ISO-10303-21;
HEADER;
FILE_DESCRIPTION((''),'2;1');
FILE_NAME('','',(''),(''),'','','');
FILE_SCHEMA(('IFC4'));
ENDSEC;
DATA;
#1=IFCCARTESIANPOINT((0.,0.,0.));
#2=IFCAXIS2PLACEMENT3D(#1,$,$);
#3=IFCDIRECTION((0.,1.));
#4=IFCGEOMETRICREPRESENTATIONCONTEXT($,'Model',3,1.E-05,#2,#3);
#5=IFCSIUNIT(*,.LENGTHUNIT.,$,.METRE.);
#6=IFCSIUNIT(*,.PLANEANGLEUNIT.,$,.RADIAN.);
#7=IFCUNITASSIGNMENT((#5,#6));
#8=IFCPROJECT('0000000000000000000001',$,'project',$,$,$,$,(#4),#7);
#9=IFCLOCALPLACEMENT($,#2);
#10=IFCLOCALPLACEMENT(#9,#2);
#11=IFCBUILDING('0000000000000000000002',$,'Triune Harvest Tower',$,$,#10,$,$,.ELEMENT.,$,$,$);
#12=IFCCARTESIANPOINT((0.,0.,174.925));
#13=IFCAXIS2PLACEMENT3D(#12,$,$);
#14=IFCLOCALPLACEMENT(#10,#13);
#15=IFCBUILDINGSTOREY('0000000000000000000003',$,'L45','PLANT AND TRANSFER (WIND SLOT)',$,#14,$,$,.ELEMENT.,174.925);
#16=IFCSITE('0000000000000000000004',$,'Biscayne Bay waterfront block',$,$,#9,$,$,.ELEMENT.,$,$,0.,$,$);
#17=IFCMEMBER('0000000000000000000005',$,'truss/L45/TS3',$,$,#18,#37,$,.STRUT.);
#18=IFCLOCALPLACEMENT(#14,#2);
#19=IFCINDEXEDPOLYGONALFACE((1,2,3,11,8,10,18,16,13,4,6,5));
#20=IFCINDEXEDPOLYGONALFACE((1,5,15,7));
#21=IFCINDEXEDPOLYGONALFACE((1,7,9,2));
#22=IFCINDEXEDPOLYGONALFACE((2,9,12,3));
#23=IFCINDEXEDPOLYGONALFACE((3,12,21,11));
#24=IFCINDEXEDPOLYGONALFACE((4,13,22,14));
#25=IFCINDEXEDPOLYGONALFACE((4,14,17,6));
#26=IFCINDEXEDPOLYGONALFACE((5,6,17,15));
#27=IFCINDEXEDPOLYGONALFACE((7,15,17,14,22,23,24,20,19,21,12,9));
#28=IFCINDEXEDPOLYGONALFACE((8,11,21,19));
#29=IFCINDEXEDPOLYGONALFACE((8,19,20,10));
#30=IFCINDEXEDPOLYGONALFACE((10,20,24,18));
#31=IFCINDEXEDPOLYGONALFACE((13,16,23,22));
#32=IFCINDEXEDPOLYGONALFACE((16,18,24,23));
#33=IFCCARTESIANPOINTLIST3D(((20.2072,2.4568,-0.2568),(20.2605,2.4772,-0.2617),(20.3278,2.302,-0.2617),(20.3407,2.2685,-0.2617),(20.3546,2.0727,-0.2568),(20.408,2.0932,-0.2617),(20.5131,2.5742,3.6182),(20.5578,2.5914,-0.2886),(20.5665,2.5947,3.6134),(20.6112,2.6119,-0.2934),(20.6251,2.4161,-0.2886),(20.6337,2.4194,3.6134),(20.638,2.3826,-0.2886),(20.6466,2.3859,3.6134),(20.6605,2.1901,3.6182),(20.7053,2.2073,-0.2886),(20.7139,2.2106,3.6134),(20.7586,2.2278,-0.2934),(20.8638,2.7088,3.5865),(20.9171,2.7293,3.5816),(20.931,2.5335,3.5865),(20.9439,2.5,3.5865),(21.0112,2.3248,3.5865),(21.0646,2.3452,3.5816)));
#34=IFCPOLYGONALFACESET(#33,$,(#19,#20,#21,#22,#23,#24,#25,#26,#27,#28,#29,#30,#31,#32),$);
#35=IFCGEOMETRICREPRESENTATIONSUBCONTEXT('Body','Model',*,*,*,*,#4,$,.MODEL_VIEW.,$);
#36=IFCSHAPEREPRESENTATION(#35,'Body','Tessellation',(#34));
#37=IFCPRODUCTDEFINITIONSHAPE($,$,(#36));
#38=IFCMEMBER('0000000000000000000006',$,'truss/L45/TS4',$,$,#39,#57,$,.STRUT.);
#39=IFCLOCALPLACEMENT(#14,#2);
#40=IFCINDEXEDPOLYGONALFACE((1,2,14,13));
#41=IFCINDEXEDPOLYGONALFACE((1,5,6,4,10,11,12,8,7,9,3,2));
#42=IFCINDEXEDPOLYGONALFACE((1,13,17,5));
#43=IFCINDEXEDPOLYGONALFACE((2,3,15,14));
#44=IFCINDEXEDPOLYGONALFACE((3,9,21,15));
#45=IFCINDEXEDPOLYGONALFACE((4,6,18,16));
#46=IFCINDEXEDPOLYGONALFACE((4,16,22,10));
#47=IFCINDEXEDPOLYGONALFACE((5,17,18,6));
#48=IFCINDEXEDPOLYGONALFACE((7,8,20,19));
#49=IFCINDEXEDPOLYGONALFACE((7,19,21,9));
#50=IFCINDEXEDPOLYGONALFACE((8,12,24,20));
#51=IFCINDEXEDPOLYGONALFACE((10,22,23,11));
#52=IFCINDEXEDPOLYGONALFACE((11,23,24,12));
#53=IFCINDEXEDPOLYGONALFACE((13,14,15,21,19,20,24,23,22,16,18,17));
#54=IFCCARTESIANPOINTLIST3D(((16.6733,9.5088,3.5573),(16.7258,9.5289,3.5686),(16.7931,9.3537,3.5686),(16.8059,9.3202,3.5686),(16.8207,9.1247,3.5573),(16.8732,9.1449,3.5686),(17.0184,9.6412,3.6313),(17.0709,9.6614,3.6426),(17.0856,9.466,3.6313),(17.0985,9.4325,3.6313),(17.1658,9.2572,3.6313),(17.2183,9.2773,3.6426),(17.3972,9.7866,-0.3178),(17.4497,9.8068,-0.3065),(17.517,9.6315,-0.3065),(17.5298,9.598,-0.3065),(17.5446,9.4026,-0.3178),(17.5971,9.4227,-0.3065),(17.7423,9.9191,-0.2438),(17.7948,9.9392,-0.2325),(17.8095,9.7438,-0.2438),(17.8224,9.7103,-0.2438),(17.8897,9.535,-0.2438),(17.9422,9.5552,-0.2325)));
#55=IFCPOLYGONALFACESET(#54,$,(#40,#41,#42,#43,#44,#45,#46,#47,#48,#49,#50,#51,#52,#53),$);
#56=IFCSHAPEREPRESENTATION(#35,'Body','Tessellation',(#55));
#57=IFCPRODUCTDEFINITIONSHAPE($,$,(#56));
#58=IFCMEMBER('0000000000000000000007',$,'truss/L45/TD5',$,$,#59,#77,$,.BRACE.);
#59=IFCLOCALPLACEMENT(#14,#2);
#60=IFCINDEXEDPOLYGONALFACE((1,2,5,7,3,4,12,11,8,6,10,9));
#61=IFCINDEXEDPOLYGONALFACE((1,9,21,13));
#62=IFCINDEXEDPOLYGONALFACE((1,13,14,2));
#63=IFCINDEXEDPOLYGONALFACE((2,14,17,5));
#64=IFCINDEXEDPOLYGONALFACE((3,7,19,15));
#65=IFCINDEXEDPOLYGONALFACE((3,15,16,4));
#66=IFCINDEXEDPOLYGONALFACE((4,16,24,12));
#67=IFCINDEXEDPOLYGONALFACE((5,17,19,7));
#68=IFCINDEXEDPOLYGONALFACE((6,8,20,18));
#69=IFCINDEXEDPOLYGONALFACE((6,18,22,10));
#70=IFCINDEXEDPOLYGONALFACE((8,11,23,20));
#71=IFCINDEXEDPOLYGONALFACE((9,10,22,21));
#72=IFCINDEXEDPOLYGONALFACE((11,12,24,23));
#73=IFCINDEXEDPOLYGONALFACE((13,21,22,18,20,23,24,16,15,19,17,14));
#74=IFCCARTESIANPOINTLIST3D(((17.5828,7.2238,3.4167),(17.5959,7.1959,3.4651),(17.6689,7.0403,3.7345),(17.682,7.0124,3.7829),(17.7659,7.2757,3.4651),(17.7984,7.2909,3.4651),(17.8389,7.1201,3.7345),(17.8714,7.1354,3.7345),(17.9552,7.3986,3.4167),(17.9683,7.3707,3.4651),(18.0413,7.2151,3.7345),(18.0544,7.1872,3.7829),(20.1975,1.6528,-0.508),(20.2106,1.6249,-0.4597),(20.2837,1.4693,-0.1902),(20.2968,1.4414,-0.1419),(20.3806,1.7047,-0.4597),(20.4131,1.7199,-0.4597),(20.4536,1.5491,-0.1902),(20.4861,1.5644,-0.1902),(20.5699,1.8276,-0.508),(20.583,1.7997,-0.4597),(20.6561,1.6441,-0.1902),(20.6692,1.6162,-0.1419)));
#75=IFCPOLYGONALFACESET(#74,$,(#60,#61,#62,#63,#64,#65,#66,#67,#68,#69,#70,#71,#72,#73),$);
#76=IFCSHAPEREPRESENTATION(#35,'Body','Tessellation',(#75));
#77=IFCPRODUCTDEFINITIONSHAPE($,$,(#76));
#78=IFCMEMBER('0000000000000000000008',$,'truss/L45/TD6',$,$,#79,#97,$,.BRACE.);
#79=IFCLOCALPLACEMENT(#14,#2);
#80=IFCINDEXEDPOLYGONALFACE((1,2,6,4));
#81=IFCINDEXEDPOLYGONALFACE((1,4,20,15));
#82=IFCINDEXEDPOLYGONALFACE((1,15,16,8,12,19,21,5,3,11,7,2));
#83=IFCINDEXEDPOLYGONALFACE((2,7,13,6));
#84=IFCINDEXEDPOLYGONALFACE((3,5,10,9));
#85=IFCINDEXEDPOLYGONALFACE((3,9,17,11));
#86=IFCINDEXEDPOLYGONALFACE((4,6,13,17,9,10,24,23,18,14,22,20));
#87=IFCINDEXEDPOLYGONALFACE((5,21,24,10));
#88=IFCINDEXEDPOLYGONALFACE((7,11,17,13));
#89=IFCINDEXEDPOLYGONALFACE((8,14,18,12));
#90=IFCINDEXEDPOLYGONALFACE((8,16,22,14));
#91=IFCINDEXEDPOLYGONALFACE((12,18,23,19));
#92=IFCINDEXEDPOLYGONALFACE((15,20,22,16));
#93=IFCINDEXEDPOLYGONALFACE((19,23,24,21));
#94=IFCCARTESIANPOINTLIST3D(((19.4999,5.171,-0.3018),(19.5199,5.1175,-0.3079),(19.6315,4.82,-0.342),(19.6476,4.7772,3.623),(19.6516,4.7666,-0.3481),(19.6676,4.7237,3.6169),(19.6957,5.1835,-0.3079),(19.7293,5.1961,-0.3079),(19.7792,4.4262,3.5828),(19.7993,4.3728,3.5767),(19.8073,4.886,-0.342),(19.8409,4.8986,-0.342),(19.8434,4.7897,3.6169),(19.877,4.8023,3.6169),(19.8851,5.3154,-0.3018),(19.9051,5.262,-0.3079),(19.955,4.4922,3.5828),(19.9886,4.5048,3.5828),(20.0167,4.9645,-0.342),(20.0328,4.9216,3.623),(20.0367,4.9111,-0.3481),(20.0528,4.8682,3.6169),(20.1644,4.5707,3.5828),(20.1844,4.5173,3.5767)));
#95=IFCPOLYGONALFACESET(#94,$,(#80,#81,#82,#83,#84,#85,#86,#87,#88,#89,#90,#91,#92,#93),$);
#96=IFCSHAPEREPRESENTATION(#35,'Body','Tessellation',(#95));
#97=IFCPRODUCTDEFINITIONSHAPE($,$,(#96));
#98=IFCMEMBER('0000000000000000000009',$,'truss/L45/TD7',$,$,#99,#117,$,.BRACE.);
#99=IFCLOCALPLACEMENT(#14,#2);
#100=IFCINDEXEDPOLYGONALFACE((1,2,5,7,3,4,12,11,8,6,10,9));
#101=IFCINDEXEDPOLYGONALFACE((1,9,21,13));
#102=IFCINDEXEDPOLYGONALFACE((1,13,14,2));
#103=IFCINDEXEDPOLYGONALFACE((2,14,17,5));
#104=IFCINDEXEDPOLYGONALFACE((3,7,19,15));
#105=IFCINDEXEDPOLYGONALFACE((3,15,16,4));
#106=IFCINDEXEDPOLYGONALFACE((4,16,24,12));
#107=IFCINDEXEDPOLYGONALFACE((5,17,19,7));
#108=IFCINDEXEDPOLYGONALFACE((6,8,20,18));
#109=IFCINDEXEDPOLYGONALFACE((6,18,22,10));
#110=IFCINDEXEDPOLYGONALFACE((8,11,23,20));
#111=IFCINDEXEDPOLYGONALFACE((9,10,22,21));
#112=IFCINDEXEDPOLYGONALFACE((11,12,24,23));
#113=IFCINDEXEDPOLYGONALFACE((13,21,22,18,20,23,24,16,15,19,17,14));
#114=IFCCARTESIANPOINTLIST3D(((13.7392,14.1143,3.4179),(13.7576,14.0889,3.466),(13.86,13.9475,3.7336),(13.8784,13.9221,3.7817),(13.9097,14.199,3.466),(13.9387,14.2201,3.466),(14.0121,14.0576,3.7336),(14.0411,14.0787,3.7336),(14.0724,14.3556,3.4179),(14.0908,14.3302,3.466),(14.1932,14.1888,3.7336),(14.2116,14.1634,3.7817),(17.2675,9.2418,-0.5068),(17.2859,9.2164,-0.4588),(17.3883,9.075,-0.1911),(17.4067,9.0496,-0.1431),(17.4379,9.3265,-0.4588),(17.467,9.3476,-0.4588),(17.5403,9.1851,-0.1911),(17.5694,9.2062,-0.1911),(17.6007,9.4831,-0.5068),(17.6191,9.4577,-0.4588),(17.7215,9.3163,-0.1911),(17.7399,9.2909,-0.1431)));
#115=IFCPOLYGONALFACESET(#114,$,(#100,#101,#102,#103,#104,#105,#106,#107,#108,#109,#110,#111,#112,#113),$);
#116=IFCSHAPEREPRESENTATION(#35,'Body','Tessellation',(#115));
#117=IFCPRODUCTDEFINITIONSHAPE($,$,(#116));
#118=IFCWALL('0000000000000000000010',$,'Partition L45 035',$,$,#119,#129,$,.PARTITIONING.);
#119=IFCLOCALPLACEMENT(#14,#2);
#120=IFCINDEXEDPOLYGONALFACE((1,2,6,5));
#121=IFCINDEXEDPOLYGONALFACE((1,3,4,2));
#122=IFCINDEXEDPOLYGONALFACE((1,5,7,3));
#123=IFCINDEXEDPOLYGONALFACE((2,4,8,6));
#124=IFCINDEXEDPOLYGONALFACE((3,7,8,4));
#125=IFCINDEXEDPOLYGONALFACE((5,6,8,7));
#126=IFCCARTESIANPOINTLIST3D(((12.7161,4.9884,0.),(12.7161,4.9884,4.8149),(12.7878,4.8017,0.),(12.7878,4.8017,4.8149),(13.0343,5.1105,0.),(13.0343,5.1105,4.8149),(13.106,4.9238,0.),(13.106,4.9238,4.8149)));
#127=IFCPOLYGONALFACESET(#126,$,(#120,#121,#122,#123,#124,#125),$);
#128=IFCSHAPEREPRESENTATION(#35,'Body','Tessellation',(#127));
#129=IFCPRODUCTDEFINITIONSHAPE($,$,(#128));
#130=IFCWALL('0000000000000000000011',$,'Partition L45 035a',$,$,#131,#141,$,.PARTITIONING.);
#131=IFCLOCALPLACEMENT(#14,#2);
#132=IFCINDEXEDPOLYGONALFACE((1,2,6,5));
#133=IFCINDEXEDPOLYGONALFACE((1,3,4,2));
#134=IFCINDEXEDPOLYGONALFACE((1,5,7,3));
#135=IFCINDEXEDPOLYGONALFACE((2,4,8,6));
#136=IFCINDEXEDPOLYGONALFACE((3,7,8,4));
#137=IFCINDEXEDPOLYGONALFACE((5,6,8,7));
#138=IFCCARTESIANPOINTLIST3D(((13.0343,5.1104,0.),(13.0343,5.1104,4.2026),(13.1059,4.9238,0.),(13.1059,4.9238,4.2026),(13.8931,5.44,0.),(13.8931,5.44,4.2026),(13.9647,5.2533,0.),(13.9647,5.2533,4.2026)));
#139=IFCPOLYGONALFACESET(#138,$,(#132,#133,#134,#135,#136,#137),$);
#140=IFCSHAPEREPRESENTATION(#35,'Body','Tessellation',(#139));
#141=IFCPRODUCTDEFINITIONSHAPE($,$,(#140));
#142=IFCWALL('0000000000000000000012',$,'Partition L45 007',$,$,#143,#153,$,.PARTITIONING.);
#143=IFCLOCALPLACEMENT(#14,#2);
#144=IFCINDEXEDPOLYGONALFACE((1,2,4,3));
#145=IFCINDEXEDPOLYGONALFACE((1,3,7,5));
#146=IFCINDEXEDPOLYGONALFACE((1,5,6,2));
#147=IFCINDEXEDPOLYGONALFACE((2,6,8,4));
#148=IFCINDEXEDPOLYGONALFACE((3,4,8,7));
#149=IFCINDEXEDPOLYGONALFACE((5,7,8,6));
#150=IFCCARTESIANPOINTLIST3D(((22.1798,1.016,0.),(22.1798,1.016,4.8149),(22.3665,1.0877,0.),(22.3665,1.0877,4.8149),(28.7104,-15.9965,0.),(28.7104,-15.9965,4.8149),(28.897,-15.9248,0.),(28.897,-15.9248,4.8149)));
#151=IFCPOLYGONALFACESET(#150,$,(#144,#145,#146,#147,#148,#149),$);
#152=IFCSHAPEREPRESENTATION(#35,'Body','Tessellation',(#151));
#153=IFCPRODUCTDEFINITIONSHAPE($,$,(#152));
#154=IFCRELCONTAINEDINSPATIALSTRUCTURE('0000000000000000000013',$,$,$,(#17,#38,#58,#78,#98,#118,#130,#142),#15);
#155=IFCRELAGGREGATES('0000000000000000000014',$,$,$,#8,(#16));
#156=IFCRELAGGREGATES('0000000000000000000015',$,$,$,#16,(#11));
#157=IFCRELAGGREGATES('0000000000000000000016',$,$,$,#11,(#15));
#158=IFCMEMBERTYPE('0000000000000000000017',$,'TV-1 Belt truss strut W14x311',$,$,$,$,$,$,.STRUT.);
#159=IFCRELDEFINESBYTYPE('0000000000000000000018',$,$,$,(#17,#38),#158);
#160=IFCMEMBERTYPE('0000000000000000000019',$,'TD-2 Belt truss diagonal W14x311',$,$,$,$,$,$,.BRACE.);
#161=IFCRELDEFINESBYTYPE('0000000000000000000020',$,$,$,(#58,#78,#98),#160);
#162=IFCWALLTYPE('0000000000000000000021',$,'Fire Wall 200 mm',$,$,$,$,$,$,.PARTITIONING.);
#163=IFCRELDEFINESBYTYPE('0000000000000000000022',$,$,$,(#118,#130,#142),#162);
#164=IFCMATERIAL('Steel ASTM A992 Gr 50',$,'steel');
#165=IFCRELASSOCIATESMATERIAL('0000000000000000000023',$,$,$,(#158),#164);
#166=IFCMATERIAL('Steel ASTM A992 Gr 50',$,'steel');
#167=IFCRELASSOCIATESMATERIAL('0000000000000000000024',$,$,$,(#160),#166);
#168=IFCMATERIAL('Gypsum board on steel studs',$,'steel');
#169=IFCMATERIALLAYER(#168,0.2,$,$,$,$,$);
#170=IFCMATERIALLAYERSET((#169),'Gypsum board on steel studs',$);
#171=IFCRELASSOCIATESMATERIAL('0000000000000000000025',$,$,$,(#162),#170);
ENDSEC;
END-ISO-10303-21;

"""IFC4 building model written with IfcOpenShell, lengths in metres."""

from ifc_helpers import new_model, si_unit, direction, frame, frame_2d, origin, origin_2d, place, context, subcontext, project, spatial, rectangle, i_section, extrude, source, transform, mapped, material, layer, layer_set, material_profile, profile_set, type_object, element, save


model = new_model("IFC4")

# Units and contexts
model_context = context("Model", 3, precision=1e-05, world=origin(), true_north=direction((0.0, 1.0)))
body_context = subcontext(model_context, "Body", "Model", "MODEL_VIEW")
ifc_project = project(units=[si_unit("LENGTHUNIT", "METRE"), si_unit("PLANEANGLEUNIT", "RADIAN")], contexts=[model_context])

# Site, building, storey
site_placement = place(None, origin())
site = spatial("IfcSite", under=ifc_project, at=site_placement, Name="Biscayne Bay waterfront block", CompositionType="ELEMENT", RefElevation=0.0)
building_placement = place(site_placement, origin())
building = spatial("IfcBuilding", under=site, at=building_placement, Name="Triune Harvest Tower", CompositionType="ELEMENT")
storey_placement = place(building_placement, frame((0.0, 0.0, 174.925)))
storey = spatial("IfcBuildingStorey", under=building, at=storey_placement, Name="L45", Description="PLANT AND TRANSFER (WIND SLOT)", CompositionType="ELEMENT", Elevation=174.925)

# Members
ifc_material_1 = material(Name="Steel ASTM A992 Gr 50", Category="steel")
ifc_material_profile_1 = material_profile(ifc_material_1, i_section(OverallWidth=0.4114, OverallDepth=0.4343, WebThickness=0.0359, FlangeThickness=0.0574, at=origin_2d()), Name="W14x311")
ifc_profile_set_1 = profile_set([ifc_material_profile_1], Name="Steel ASTM A992 Gr 50")
member_type_1 = type_object("IfcMemberType", Name="TV-1 Belt truss strut W14x311", PredefinedType="STRUT", material=ifc_profile_set_1)
shared_shape_1 = source(origin(), body_context, "Body", "SweptSolid", [
    extrude(i_section(OverallWidth=0.4114, OverallDepth=0.4343, WebThickness=0.0359, FlangeThickness=0.0574, at=origin_2d()), origin(), (0.0, 0.0, 1.0), 3.8889),
])
member_1_placement = place(storey_placement, frame((20.4829, 2.3423, -0.2751), z_axis=(0.078663, 0.030197, 0.996444), x_axis=(-0.35838, 0.933576, 0.0)))
element("IfcMember", 1, at=member_1_placement, inside=storey, type_object=member_type_1, Name="truss/L45/TS3", PredefinedType="STRUT", context=body_context, shape_type="MappedRepresentation", body=[
    mapped(shared_shape_1, transform((0.0, 0.0, 0.0), scale=1.0)),
])
shared_shape_2 = source(origin(), body_context, "Body", "SweptSolid", [
    extrude(i_section(OverallWidth=0.4114, OverallDepth=0.4343, WebThickness=0.0359, FlangeThickness=0.0574, at=origin_2d()), origin(), (0.0, 0.0, 1.0), 3.9519),
])
member_2_placement = place(storey_placement, frame((17.6697, 9.6709, -0.2751), z_axis=(-0.183176, -0.070305, 0.980563), x_axis=(0.358325, -0.933597, 0.0)))
element("IfcMember", 2, at=member_2_placement, inside=storey, type_object=member_type_1, Name="truss/L45/TS4", PredefinedType="STRUT", context=body_context, shape_type="MappedRepresentation", body=[
    mapped(shared_shape_2, transform((0.0, 0.0, 0.0), scale=1.0)),
])
ifc_material_2 = material(Name="Steel ASTM A992 Gr 50", Category="steel")
ifc_material_profile_2 = material_profile(ifc_material_2, i_section(OverallWidth=0.4114, OverallDepth=0.4343, WebThickness=0.0359, FlangeThickness=0.0574, at=origin_2d()), Name="W14x311")
ifc_profile_set_2 = profile_set([ifc_material_profile_2], Name="Steel ASTM A992 Gr 50")
member_type_2 = type_object("IfcMemberType", Name="TD-2 Belt truss diagonal W14x311", PredefinedType="BRACE", material=ifc_profile_set_2)
shared_shape_3 = source(origin(), body_context, "Body", "SweptSolid", [
    extrude(i_section(OverallWidth=0.4114, OverallDepth=0.4343, WebThickness=0.0359, FlangeThickness=0.0574, at=origin_2d()), origin(), (0.0, 0.0, 1.0), 7.2991),
])
member_3_placement = place(storey_placement, frame((20.4333, 1.6345, -0.325), z_axis=(-0.358226, 0.763246, 0.537707), x_axis=(-0.905252, -0.424876, 0.0)))
element("IfcMember", 3, at=member_3_placement, inside=storey, type_object=member_type_2, Name="truss/L45/TD5", PredefinedType="BRACE", context=body_context, shape_type="MappedRepresentation", body=[
    mapped(shared_shape_3, transform((0.0, 0.0, 0.0), scale=1.0)),
])
shared_shape_4 = source(origin(), body_context, "Body", "SweptSolid", [
    extrude(i_section(OverallWidth=0.4114, OverallDepth=0.4343, WebThickness=0.0359, FlangeThickness=0.0574, at=origin_2d()), origin(), (0.0, 0.0, 1.0), 3.9473),
])
member_4_placement = place(storey_placement, frame((19.7683, 5.041, -0.325), z_axis=(0.037419, -0.099765, 0.994307), x_axis=(0.936305, 0.351187, 0.0)))
element("IfcMember", 4, at=member_4_placement, inside=storey, type_object=member_type_2, Name="truss/L45/TD6", PredefinedType="BRACE", context=body_context, shape_type="MappedRepresentation", body=[
    mapped(shared_shape_4, transform((0.0, 0.0, 0.0), scale=1.0)),
])
shared_shape_5 = source(origin(), body_context, "Body", "SweptSolid", [
    extrude(i_section(OverallWidth=0.4114, OverallDepth=0.4343, WebThickness=0.0359, FlangeThickness=0.0574, at=origin_2d()), origin(), (0.0, 0.0, 1.0), 7.1829),
])
member_5_placement = place(storey_placement, frame((17.5037, 9.2664, -0.325), z_axis=(-0.491207, 0.678349, 0.546405), x_axis=(-0.809949, -0.586501, 0.0)))
element("IfcMember", 5, at=member_5_placement, inside=storey, type_object=member_type_2, Name="truss/L45/TD7", PredefinedType="BRACE", context=body_context, shape_type="MappedRepresentation", body=[
    mapped(shared_shape_5, transform((0.0, 0.0, 0.0), scale=1.0)),
])

# Walls
ifc_material_3 = material(Name="Gypsum board on steel studs", Category="steel")
ifc_layer = layer(ifc_material_3, 0.2)
ifc_layer_set = layer_set([ifc_layer], Name="Gypsum board on steel studs")
wall_type = type_object("IfcWallType", Name="Fire Wall 200 mm", PredefinedType="PARTITIONING", material=ifc_layer_set)
wall_1_placement = place(storey_placement, frame((12.752, 4.895, 0.0), z_axis=(0.0, 0.0, 1.0), x_axis=(0.933622, 0.358259, 0.0)))
element("IfcWall", 6, at=wall_1_placement, inside=storey, type_object=wall_type, Name="Partition L45 035", PredefinedType="PARTITIONING", context=body_context, shape_type="SweptSolid", body=[
    extrude(rectangle(XDim=0.3408, YDim=0.2, at=frame_2d((0.1704, 0.0))), origin(), (0.0, 0.0, 1.0), 4.8149),
])
wall_2_placement = place(storey_placement, frame((13.0701, 5.0171, 0.0), z_axis=(0.0, 0.0, 1.0), x_axis=(0.933619, 0.358268, 0.0)))
element("IfcWall", 7, at=wall_2_placement, inside=storey, type_object=wall_type, Name="Partition L45 035a", PredefinedType="PARTITIONING", context=body_context, shape_type="SweptSolid", body=[
    extrude(rectangle(XDim=0.9199, YDim=0.2, at=frame_2d((0.46, 0.0))), origin(), (0.0, 0.0, 1.0), 4.2026),
])
shared_shape_6 = source(origin(), body_context, "Body", "SweptSolid", [
    extrude(rectangle(XDim=18.2229, YDim=0.2, at=frame_2d((9.1113, 0.0))), origin(), (0.0, 0.0, 1.0), 4.8149),
])
wall_3_placement = place(storey_placement, frame((22.2732, 1.0518, 0.0), z_axis=(0.0, 0.0, 1.0), x_axis=(0.35837, -0.93358, 0.0)))
element("IfcWall", 8, at=wall_3_placement, inside=storey, type_object=wall_type, Name="Partition L45 007", PredefinedType="PARTITIONING", context=body_context, shape_type="MappedRepresentation", body=[
    mapped(shared_shape_6, transform((0.0, 0.0, 0.0), scale=1.0)),
])

save(model, "model.ifc")
